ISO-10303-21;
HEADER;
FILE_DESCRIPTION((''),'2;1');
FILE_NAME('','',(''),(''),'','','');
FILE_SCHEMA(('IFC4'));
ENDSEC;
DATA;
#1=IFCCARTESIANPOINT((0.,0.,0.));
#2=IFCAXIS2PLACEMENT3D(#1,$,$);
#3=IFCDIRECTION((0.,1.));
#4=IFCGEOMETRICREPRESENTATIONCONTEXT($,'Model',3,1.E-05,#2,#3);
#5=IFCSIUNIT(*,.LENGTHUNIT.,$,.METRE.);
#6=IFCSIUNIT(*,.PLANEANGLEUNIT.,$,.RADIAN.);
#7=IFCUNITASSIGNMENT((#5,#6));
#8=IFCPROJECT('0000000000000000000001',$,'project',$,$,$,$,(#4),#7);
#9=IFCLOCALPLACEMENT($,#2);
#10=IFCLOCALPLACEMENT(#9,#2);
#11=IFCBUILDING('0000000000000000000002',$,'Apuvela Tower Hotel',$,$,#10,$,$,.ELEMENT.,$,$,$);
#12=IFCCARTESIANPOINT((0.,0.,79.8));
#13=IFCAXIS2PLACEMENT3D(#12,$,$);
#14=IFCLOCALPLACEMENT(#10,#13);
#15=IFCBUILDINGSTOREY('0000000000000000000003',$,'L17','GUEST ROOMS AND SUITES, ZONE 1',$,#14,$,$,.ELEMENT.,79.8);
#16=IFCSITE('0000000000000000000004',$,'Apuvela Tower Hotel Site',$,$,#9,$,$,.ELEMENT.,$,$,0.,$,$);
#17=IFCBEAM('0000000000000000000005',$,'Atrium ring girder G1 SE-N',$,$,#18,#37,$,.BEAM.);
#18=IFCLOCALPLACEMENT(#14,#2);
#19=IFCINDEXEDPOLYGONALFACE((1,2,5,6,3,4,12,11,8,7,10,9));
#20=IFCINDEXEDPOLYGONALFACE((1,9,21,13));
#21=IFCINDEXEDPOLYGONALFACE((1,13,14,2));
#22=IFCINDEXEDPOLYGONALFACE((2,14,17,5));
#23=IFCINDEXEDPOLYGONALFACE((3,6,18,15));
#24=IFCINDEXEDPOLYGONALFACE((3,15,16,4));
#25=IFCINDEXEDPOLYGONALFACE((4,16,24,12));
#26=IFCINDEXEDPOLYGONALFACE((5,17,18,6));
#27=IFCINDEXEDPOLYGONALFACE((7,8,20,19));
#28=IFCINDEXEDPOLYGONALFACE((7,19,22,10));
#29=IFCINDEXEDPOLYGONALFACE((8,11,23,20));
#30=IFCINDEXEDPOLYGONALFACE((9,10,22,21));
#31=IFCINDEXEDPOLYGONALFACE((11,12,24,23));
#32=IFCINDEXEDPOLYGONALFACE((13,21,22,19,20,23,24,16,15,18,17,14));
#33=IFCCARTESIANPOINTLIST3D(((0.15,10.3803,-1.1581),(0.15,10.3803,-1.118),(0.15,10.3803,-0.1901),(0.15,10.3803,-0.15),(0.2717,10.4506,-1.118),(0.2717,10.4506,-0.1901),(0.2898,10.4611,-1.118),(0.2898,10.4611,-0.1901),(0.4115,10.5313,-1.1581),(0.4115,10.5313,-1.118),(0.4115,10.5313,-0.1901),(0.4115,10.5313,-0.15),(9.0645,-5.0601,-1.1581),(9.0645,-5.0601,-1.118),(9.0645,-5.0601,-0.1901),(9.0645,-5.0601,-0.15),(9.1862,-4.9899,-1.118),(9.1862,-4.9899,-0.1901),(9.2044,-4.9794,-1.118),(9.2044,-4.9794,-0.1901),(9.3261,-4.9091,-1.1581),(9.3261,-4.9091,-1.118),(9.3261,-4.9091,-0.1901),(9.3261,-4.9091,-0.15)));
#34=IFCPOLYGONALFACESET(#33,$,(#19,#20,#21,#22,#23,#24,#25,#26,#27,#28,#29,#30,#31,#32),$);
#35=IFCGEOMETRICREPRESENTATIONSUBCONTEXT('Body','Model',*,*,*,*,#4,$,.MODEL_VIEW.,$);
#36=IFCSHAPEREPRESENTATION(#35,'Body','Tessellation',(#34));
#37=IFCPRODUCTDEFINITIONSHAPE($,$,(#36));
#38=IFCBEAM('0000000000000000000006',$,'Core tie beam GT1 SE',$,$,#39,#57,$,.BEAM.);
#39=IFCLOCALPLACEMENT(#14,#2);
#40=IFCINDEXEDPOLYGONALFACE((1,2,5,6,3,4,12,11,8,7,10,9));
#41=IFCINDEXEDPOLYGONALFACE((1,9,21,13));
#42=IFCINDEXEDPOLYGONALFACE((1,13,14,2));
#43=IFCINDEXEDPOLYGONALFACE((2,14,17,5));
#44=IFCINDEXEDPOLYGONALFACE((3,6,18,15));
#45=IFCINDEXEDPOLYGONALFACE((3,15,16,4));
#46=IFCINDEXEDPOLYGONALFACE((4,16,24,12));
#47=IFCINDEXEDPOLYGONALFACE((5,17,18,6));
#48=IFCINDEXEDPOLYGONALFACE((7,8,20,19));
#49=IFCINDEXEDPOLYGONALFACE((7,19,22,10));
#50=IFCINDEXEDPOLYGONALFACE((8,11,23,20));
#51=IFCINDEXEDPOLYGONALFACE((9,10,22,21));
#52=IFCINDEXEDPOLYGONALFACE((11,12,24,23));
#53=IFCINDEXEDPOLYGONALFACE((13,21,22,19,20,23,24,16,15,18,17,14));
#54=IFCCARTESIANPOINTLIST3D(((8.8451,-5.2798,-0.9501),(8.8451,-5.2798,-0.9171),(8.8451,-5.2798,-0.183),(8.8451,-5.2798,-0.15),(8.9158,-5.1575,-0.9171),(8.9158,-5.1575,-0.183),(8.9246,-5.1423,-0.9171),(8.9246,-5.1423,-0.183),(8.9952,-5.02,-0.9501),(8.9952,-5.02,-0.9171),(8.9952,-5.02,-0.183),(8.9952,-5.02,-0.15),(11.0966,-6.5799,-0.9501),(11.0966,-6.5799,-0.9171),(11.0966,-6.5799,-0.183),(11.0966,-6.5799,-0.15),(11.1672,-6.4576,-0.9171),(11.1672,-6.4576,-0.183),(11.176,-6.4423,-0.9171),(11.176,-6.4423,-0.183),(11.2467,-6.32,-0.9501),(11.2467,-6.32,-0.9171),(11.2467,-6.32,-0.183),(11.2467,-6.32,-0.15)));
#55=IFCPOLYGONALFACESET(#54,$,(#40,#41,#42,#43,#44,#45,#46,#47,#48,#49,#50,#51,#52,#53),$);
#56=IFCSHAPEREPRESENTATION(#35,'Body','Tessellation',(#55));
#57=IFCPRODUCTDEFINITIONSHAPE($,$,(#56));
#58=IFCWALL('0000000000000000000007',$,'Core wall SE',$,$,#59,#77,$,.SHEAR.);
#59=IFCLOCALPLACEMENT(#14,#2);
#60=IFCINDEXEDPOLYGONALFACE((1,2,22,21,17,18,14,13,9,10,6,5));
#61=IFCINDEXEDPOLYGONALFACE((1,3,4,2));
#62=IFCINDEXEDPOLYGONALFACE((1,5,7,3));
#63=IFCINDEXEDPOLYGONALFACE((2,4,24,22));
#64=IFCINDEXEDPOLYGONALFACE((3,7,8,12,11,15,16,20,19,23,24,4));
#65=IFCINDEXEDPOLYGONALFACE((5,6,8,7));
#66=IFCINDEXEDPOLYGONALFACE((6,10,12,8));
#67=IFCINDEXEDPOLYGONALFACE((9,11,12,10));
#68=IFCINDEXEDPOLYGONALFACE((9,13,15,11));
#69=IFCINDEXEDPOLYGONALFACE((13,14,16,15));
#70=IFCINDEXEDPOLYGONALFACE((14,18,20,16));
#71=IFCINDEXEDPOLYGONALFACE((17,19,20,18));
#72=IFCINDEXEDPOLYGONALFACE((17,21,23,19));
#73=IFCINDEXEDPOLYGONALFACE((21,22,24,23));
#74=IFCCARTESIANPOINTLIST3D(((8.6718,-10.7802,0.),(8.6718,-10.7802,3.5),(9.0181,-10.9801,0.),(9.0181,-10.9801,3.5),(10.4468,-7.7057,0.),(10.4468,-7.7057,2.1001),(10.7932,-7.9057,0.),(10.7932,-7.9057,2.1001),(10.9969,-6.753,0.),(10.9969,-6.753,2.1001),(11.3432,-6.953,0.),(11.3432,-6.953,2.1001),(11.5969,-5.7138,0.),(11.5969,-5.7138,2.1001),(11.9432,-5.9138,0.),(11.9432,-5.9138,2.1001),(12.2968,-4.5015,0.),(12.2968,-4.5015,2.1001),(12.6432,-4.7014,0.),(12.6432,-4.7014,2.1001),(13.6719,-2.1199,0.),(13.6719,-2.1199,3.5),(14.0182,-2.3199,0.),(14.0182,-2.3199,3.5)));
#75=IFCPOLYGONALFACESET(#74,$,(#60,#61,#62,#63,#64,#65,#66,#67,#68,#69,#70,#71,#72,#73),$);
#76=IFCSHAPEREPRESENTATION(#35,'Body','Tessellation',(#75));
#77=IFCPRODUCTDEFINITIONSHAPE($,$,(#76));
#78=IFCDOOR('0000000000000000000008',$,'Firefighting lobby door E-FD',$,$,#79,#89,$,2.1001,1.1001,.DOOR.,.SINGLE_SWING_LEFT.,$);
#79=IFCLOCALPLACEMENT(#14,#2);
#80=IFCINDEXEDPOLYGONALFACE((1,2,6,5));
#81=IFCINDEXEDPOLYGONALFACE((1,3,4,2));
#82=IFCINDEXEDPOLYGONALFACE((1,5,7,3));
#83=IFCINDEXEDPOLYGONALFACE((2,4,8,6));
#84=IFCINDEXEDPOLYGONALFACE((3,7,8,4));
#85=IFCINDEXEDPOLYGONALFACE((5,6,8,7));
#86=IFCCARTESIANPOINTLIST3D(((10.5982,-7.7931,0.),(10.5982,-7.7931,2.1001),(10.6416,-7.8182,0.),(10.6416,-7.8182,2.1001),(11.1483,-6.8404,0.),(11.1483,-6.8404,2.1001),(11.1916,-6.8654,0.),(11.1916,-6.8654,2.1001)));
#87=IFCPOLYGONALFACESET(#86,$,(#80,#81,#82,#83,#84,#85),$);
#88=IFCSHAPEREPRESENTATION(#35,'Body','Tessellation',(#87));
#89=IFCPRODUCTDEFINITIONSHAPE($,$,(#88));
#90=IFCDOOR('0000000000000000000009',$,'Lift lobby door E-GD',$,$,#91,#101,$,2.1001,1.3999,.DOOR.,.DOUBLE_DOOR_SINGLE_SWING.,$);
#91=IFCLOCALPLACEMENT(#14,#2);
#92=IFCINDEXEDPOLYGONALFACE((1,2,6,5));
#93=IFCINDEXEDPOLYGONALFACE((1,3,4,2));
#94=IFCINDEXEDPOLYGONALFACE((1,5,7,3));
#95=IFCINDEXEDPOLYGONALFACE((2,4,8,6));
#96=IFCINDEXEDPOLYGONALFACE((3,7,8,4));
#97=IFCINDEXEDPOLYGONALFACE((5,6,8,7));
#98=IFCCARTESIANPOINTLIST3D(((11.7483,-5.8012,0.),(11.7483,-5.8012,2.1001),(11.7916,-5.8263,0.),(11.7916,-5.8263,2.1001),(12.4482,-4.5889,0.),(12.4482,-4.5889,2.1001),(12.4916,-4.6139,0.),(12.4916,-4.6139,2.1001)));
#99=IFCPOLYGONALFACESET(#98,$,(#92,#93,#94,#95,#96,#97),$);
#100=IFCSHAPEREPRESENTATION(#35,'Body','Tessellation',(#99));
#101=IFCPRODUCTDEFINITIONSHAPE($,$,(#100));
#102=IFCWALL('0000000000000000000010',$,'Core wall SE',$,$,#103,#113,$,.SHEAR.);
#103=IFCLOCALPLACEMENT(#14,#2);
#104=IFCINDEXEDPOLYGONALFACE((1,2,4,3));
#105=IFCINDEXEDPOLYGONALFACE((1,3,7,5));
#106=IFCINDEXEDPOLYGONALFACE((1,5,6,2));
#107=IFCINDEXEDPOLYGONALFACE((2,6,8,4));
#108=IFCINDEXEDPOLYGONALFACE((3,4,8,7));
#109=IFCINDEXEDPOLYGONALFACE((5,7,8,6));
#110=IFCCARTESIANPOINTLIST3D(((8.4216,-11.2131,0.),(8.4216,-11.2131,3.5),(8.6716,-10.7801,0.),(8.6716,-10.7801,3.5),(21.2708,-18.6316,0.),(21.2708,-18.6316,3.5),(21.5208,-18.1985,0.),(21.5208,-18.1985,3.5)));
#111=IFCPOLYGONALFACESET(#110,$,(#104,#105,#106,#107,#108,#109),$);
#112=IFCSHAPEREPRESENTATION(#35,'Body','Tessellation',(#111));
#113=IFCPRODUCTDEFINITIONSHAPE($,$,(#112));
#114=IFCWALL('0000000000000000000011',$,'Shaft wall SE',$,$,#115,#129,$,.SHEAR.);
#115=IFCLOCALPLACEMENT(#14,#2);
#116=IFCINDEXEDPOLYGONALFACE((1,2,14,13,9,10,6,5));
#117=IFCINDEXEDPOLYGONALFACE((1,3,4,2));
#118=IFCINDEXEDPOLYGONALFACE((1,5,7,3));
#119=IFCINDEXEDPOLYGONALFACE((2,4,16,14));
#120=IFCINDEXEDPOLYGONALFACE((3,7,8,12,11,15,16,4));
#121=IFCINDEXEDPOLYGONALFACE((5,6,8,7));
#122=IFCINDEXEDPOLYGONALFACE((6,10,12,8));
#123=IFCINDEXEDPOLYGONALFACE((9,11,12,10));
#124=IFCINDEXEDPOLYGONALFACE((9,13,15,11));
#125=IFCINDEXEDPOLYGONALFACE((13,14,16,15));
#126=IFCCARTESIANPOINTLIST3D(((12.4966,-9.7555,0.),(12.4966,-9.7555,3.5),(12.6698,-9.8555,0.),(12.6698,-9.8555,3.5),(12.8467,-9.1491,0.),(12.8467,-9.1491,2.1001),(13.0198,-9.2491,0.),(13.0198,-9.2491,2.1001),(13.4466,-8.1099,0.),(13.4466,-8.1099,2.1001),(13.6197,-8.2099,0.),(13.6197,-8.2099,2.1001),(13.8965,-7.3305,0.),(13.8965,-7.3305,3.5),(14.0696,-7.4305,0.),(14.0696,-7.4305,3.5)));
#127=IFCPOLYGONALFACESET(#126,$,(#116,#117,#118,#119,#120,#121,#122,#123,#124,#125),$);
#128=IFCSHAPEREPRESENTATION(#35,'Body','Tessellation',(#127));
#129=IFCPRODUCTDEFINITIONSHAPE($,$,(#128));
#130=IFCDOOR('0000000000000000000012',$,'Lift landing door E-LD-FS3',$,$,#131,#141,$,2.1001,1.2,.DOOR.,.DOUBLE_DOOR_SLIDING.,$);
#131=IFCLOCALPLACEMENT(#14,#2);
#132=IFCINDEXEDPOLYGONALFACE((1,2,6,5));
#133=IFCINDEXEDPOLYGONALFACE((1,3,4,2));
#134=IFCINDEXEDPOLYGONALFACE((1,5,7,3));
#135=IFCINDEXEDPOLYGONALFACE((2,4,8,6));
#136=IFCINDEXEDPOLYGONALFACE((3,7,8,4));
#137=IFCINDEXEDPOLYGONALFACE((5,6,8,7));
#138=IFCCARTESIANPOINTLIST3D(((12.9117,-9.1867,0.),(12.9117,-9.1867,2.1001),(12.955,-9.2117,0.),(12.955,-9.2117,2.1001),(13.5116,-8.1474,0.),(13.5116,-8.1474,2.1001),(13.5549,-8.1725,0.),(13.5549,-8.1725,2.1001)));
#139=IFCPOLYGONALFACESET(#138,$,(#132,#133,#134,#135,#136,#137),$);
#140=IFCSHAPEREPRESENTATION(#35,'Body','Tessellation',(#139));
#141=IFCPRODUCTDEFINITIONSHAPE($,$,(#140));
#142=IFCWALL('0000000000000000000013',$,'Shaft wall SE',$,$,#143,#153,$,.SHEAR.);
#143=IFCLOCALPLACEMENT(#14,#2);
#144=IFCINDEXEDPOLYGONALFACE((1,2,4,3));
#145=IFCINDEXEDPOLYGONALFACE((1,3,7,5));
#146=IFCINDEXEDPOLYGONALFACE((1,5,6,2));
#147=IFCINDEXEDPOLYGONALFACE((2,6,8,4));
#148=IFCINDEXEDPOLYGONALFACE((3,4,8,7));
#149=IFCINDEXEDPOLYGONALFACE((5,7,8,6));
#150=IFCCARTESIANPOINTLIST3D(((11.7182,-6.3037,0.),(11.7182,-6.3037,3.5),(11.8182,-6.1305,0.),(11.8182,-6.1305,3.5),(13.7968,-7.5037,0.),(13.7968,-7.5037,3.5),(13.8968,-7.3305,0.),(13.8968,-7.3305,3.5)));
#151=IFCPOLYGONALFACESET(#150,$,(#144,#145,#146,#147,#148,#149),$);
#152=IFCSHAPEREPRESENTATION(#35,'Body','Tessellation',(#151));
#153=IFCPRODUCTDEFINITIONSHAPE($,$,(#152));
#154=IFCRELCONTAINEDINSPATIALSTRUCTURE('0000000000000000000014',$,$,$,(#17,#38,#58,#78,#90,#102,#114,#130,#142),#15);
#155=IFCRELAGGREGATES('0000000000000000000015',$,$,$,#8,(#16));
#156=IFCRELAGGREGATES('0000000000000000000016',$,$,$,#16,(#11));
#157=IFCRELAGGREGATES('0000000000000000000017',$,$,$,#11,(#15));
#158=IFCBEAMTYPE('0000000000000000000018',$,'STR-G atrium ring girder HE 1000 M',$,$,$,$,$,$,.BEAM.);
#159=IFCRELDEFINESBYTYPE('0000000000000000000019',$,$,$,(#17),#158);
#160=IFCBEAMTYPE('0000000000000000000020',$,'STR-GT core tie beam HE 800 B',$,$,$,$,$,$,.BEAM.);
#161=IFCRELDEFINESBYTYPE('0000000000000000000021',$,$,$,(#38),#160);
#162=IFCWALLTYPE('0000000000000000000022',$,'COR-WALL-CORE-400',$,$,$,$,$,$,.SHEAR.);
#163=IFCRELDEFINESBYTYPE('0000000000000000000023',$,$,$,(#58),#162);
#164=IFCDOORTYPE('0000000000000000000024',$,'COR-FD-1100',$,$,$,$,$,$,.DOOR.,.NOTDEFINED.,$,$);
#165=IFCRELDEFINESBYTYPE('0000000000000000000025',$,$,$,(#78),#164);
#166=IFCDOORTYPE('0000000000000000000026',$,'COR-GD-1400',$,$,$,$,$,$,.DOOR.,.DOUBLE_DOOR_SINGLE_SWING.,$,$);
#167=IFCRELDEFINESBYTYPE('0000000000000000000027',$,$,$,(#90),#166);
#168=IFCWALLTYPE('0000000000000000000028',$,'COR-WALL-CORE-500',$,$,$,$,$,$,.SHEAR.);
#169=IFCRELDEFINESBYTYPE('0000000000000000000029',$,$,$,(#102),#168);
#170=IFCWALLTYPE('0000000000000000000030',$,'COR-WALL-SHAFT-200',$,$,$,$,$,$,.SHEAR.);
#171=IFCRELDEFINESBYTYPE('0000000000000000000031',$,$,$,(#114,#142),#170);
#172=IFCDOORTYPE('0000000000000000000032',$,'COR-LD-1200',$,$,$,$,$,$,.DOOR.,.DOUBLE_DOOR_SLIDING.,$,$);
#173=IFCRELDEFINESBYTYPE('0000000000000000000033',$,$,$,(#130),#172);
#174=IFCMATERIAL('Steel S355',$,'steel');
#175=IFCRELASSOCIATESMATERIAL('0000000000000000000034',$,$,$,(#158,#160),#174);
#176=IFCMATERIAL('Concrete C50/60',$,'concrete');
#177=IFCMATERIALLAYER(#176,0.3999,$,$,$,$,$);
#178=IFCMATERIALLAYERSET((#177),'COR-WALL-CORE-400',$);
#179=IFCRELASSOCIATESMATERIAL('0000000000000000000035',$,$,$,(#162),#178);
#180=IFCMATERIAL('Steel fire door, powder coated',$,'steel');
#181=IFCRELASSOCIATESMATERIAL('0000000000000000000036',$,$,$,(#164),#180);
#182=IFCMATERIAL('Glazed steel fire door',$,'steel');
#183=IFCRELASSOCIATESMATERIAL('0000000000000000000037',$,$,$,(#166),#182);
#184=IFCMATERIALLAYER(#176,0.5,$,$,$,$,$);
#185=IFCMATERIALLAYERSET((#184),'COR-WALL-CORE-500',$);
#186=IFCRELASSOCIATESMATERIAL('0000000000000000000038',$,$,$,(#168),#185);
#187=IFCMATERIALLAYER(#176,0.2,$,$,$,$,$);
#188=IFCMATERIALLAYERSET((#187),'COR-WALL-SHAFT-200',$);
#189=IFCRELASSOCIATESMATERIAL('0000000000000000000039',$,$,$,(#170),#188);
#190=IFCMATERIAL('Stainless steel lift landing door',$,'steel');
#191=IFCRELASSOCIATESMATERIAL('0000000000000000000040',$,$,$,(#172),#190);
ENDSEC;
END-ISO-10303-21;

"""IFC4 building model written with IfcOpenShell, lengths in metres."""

from ifc_helpers import new_model, si_unit, direction, frame, frame_2d, origin, origin_2d, place, context, subcontext, project, spatial, rectangle, i_section, extrude, material, layer, layer_set, material_profile, profile_set, type_object, element, fill, save


model = new_model("IFC4")

# Units and contexts
model_context = context("Model", 3, precision=1e-05, world=origin(), true_north=direction((0.0, 1.0)))
body_context = subcontext(model_context, "Body", "Model", "MODEL_VIEW")
ifc_project = project(units=[si_unit("LENGTHUNIT", "METRE"), si_unit("PLANEANGLEUNIT", "RADIAN")], contexts=[model_context])

# Site, building, storey
site_placement = place(None, origin())
site = spatial("IfcSite", under=ifc_project, at=site_placement, Name="Apuvela Tower Hotel Site", CompositionType="ELEMENT", RefElevation=0.0)
building_placement = place(site_placement, origin())
building = spatial("IfcBuilding", under=site, at=building_placement, Name="Apuvela Tower Hotel", CompositionType="ELEMENT")
storey_placement = place(building_placement, frame((0.0, 0.0, 79.8)))
storey = spatial("IfcBuildingStorey", under=building, at=storey_placement, Name="L17", Description="GUEST ROOMS AND SUITES, ZONE 1", CompositionType="ELEMENT", Elevation=79.8)

# Beams
ifc_material_1 = material(Name="Steel S355", Category="steel")
ifc_material_profile_1 = material_profile(ifc_material_1, i_section(OverallWidth=0.302, OverallDepth=1.0081, WebThickness=0.021, FlangeThickness=0.04, at=origin_2d()), Name="HE 1000 M")
ifc_profile_set_1 = profile_set([ifc_material_profile_1], Name="Steel S355")
beam_type_1 = type_object("IfcBeamType", Name="STR-G atrium ring girder HE 1000 M", PredefinedType="BEAM", material=ifc_profile_set_1)
beam_1_placement = place(storey_placement, frame((9.1953, -4.9846, -0.6541), z_axis=(-0.500001, 0.866025, 0.0), x_axis=(-0.866025, -0.500001, 0.0)))
element("IfcBeam", 1, at=beam_1_placement, inside=storey, type_object=beam_type_1, Name="Atrium ring girder G1 SE-N", PredefinedType="BEAM", context=body_context, shape_type="SweptSolid", body=[
    extrude(i_section(OverallWidth=0.302, OverallDepth=1.0081, WebThickness=0.021, FlangeThickness=0.04, at=origin_2d()), origin(), (0.0, 0.0, 1.0), 17.8291),
])
ifc_material_profile_2 = material_profile(ifc_material_1, i_section(OverallWidth=0.3, OverallDepth=0.8, WebThickness=0.0176, FlangeThickness=0.033, at=origin_2d()), Name="HE 800 B")
ifc_profile_set_2 = profile_set([ifc_material_profile_2], Name="Steel S355")
beam_type_2 = type_object("IfcBeamType", Name="STR-GT core tie beam HE 800 B", PredefinedType="BEAM", material=ifc_profile_set_2)
beam_2_placement = place(storey_placement, frame((11.1716, -6.45, -0.55), z_axis=(-0.865998, 0.500048, 0.0), x_axis=(-0.500048, -0.865998, 0.0)))
element("IfcBeam", 2, at=beam_2_placement, inside=storey, type_object=beam_type_2, Name="Core tie beam GT1 SE", PredefinedType="BEAM", context=body_context, shape_type="SweptSolid", body=[
    extrude(i_section(OverallWidth=0.3, OverallDepth=0.8, WebThickness=0.0176, FlangeThickness=0.033, at=origin_2d()), origin(), (0.0, 0.0, 1.0), 2.5999),
])

# Wall, openings, doors
ifc_material_2 = material(Name="Concrete C50/60", Category="concrete")
ifc_layer_1 = layer(ifc_material_2, 0.3999)
ifc_layer_set_1 = layer_set([ifc_layer_1], Name="COR-WALL-CORE-400")
wall_type_1 = type_object("IfcWallType", Name="COR-WALL-CORE-400", PredefinedType="SHEAR", material=ifc_layer_set_1)
wall_1_placement = place(storey_placement, frame((8.845, -10.8801, 0.0), z_axis=(0.0, 0.0, 1.0), x_axis=(0.500004, 0.866023, 0.0)))
wall_1 = element("IfcWall", 3, at=wall_1_placement, inside=storey, type_object=wall_type_1, Name="Core wall SE", PredefinedType="SHEAR", context=body_context, shape_type="SweptSolid", body=[
    extrude(rectangle(XDim=10.0, YDim=0.3999, at=frame_2d((5.0, 0.0))), origin(), (0.0, 0.0, 1.0), 3.5),
])
opening_1_placement = place(wall_1_placement, frame((3.55, 0.0, 0.0)))
opening_1 = element("IfcOpeningElement", 4, at=opening_1_placement, cuts=wall_1, PredefinedType="OPENING", context=body_context, shape_type="SweptSolid", body=[
    extrude(rectangle(XDim=1.1001, YDim=2.1001, at=frame_2d((0.55, 1.05))), frame((0.0, 0.21, 0.0), z_axis=(0.0, -1.0, 0.0), x_axis=(1.0, 0.0, 0.0)), (0.0, 0.0, 1.0), 0.4199),
])
opening_2_placement = place(wall_1_placement, frame((5.8501, 0.0, 0.0)))
opening_2 = element("IfcOpeningElement", 5, at=opening_2_placement, cuts=wall_1, PredefinedType="OPENING", context=body_context, shape_type="SweptSolid", body=[
    extrude(rectangle(XDim=1.3999, YDim=2.1001, at=frame_2d((0.7, 1.05))), frame((0.0, 0.21, 0.0), z_axis=(0.0, -1.0, 0.0), x_axis=(1.0, 0.0, 0.0)), (0.0, 0.0, 1.0), 0.4199),
])
ifc_material_3 = material(Name="Steel fire door, powder coated", Category="steel")
door_type_1 = type_object("IfcDoorType", Name="COR-FD-1100", OperationType="NOTDEFINED", PredefinedType="DOOR", material=ifc_material_3)
door_1_placement = place(opening_1_placement, frame((1.1001, 0.0, 0.0), z_axis=(0.0, 0.0, 1.0), x_axis=(-1.0, 0.0, 0.0)))
door_1 = element("IfcDoor", 6, at=door_1_placement, inside=storey, type_object=door_type_1, Name="Firefighting lobby door E-FD", OperationType="SINGLE_SWING_LEFT", OverallHeight=2.1001, OverallWidth=1.1001, PredefinedType="DOOR", context=body_context, shape_type="SweptSolid", body=[
    extrude(rectangle(XDim=1.1001, YDim=2.1001, at=frame_2d((0.55, 1.05))), frame((0.0, 0.0249, 0.0), z_axis=(0.0, -1.0, 0.0), x_axis=(1.0, 0.0, 0.0)), (0.0, 0.0, 1.0), 0.05),
])
fill(opening_1, door_1)
ifc_material_4 = material(Name="Glazed steel fire door", Category="steel")
door_type_2 = type_object("IfcDoorType", Name="COR-GD-1400", OperationType="DOUBLE_DOOR_SINGLE_SWING", PredefinedType="DOOR", material=ifc_material_4)
door_2_placement = place(opening_2_placement, frame((1.3999, 0.0, 0.0), z_axis=(0.0, 0.0, 1.0), x_axis=(-1.0, 0.0, 0.0)))
door_2 = element("IfcDoor", 7, at=door_2_placement, inside=storey, type_object=door_type_2, Name="Lift lobby door E-GD", OperationType="DOUBLE_DOOR_SINGLE_SWING", OverallHeight=2.1001, OverallWidth=1.3999, PredefinedType="DOOR", context=body_context, shape_type="SweptSolid", body=[
    extrude(rectangle(XDim=1.3999, YDim=2.1001, at=frame_2d((0.7, 1.05))), frame((0.0, 0.0249, 0.0), z_axis=(0.0, -1.0, 0.0), x_axis=(1.0, 0.0, 0.0)), (0.0, 0.0, 1.0), 0.05),
])
fill(opening_2, door_2)

# Wall
ifc_layer_2 = layer(ifc_material_2, 0.5)
ifc_layer_set_2 = layer_set([ifc_layer_2], Name="COR-WALL-CORE-500")
wall_type_2 = type_object("IfcWallType", Name="COR-WALL-CORE-500", PredefinedType="SHEAR", material=ifc_layer_set_2)
wall_2_placement = place(storey_placement, frame((8.5466, -10.9966, 0.0), z_axis=(0.0, 0.0, 1.0), x_axis=(0.866025, -0.500001, 0.0)))
element("IfcWall", 8, at=wall_2_placement, inside=storey, type_object=wall_type_2, Name="Core wall SE", PredefinedType="SHEAR", context=body_context, shape_type="SweptSolid", body=[
    extrude(rectangle(XDim=14.8369, YDim=0.5, at=frame_2d((7.4185, 0.0))), origin(), (0.0, 0.0, 1.0), 3.5),
])

# Wall, opening, door
ifc_layer_3 = layer(ifc_material_2, 0.2)
ifc_layer_set_3 = layer_set([ifc_layer_3], Name="COR-WALL-SHAFT-200")
wall_type_3 = type_object("IfcWallType", Name="COR-WALL-SHAFT-200", PredefinedType="SHEAR", material=ifc_layer_set_3)
wall_3_placement = place(storey_placement, frame((12.5833, -9.8054, 0.0), z_axis=(0.0, 0.0, 1.0), x_axis=(0.499946, 0.866056, 0.0)))
wall_3 = element("IfcWall", 9, at=wall_3_placement, inside=storey, type_object=wall_type_3, Name="Shaft wall SE", PredefinedType="SHEAR", context=body_context, shape_type="SweptSolid", body=[
    extrude(rectangle(XDim=2.8, YDim=0.2, at=frame_2d((1.3999, 0.0))), origin(), (0.0, 0.0, 1.0), 3.5),
])
opening_3_placement = place(wall_3_placement, frame((0.7, 0.0, 0.0)))
opening_3 = element("IfcOpeningElement", 10, at=opening_3_placement, cuts=wall_3, PredefinedType="OPENING", context=body_context, shape_type="SweptSolid", body=[
    extrude(rectangle(XDim=1.2, YDim=2.1001, at=frame_2d((0.6001, 1.05))), frame((0.0, 0.1099, 0.0), z_axis=(0.0, -1.0, 0.0), x_axis=(1.0, 0.0, 0.0)), (0.0, 0.0, 1.0), 0.22),
])
ifc_material_5 = material(Name="Stainless steel lift landing door", Category="steel")
door_type_3 = type_object("IfcDoorType", Name="COR-LD-1200", OperationType="DOUBLE_DOOR_SLIDING", PredefinedType="DOOR", material=ifc_material_5)
door_3_placement = place(opening_3_placement, origin())
door_3 = element("IfcDoor", 11, at=door_3_placement, inside=storey, type_object=door_type_3, Name="Lift landing door E-LD-FS3", OperationType="DOUBLE_DOOR_SLIDING", OverallHeight=2.1001, OverallWidth=1.2, PredefinedType="DOOR", context=body_context, shape_type="SweptSolid", body=[
    extrude(rectangle(XDim=1.2, YDim=2.1001, at=frame_2d((0.6001, 1.05))), frame((0.0, 0.0249, 0.0), z_axis=(0.0, -1.0, 0.0), x_axis=(1.0, 0.0, 0.0)), (0.0, 0.0, 1.0), 0.05),
])
fill(opening_3, door_3)

# Wall
wall_4_placement = place(storey_placement, frame((11.7681, -6.217, 0.0), z_axis=(0.0, 0.0, 1.0), x_axis=(0.86605, -0.499957, 0.0)))
element("IfcWall", 12, at=wall_4_placement, inside=storey, type_object=wall_type_3, Name="Shaft wall SE", PredefinedType="SHEAR", context=body_context, shape_type="SweptSolid", body=[
    extrude(rectangle(XDim=2.4001, YDim=0.2, at=frame_2d((1.2002, 0.0))), origin(), (0.0, 0.0, 1.0), 3.5),
])

save(model, "model.ifc")
